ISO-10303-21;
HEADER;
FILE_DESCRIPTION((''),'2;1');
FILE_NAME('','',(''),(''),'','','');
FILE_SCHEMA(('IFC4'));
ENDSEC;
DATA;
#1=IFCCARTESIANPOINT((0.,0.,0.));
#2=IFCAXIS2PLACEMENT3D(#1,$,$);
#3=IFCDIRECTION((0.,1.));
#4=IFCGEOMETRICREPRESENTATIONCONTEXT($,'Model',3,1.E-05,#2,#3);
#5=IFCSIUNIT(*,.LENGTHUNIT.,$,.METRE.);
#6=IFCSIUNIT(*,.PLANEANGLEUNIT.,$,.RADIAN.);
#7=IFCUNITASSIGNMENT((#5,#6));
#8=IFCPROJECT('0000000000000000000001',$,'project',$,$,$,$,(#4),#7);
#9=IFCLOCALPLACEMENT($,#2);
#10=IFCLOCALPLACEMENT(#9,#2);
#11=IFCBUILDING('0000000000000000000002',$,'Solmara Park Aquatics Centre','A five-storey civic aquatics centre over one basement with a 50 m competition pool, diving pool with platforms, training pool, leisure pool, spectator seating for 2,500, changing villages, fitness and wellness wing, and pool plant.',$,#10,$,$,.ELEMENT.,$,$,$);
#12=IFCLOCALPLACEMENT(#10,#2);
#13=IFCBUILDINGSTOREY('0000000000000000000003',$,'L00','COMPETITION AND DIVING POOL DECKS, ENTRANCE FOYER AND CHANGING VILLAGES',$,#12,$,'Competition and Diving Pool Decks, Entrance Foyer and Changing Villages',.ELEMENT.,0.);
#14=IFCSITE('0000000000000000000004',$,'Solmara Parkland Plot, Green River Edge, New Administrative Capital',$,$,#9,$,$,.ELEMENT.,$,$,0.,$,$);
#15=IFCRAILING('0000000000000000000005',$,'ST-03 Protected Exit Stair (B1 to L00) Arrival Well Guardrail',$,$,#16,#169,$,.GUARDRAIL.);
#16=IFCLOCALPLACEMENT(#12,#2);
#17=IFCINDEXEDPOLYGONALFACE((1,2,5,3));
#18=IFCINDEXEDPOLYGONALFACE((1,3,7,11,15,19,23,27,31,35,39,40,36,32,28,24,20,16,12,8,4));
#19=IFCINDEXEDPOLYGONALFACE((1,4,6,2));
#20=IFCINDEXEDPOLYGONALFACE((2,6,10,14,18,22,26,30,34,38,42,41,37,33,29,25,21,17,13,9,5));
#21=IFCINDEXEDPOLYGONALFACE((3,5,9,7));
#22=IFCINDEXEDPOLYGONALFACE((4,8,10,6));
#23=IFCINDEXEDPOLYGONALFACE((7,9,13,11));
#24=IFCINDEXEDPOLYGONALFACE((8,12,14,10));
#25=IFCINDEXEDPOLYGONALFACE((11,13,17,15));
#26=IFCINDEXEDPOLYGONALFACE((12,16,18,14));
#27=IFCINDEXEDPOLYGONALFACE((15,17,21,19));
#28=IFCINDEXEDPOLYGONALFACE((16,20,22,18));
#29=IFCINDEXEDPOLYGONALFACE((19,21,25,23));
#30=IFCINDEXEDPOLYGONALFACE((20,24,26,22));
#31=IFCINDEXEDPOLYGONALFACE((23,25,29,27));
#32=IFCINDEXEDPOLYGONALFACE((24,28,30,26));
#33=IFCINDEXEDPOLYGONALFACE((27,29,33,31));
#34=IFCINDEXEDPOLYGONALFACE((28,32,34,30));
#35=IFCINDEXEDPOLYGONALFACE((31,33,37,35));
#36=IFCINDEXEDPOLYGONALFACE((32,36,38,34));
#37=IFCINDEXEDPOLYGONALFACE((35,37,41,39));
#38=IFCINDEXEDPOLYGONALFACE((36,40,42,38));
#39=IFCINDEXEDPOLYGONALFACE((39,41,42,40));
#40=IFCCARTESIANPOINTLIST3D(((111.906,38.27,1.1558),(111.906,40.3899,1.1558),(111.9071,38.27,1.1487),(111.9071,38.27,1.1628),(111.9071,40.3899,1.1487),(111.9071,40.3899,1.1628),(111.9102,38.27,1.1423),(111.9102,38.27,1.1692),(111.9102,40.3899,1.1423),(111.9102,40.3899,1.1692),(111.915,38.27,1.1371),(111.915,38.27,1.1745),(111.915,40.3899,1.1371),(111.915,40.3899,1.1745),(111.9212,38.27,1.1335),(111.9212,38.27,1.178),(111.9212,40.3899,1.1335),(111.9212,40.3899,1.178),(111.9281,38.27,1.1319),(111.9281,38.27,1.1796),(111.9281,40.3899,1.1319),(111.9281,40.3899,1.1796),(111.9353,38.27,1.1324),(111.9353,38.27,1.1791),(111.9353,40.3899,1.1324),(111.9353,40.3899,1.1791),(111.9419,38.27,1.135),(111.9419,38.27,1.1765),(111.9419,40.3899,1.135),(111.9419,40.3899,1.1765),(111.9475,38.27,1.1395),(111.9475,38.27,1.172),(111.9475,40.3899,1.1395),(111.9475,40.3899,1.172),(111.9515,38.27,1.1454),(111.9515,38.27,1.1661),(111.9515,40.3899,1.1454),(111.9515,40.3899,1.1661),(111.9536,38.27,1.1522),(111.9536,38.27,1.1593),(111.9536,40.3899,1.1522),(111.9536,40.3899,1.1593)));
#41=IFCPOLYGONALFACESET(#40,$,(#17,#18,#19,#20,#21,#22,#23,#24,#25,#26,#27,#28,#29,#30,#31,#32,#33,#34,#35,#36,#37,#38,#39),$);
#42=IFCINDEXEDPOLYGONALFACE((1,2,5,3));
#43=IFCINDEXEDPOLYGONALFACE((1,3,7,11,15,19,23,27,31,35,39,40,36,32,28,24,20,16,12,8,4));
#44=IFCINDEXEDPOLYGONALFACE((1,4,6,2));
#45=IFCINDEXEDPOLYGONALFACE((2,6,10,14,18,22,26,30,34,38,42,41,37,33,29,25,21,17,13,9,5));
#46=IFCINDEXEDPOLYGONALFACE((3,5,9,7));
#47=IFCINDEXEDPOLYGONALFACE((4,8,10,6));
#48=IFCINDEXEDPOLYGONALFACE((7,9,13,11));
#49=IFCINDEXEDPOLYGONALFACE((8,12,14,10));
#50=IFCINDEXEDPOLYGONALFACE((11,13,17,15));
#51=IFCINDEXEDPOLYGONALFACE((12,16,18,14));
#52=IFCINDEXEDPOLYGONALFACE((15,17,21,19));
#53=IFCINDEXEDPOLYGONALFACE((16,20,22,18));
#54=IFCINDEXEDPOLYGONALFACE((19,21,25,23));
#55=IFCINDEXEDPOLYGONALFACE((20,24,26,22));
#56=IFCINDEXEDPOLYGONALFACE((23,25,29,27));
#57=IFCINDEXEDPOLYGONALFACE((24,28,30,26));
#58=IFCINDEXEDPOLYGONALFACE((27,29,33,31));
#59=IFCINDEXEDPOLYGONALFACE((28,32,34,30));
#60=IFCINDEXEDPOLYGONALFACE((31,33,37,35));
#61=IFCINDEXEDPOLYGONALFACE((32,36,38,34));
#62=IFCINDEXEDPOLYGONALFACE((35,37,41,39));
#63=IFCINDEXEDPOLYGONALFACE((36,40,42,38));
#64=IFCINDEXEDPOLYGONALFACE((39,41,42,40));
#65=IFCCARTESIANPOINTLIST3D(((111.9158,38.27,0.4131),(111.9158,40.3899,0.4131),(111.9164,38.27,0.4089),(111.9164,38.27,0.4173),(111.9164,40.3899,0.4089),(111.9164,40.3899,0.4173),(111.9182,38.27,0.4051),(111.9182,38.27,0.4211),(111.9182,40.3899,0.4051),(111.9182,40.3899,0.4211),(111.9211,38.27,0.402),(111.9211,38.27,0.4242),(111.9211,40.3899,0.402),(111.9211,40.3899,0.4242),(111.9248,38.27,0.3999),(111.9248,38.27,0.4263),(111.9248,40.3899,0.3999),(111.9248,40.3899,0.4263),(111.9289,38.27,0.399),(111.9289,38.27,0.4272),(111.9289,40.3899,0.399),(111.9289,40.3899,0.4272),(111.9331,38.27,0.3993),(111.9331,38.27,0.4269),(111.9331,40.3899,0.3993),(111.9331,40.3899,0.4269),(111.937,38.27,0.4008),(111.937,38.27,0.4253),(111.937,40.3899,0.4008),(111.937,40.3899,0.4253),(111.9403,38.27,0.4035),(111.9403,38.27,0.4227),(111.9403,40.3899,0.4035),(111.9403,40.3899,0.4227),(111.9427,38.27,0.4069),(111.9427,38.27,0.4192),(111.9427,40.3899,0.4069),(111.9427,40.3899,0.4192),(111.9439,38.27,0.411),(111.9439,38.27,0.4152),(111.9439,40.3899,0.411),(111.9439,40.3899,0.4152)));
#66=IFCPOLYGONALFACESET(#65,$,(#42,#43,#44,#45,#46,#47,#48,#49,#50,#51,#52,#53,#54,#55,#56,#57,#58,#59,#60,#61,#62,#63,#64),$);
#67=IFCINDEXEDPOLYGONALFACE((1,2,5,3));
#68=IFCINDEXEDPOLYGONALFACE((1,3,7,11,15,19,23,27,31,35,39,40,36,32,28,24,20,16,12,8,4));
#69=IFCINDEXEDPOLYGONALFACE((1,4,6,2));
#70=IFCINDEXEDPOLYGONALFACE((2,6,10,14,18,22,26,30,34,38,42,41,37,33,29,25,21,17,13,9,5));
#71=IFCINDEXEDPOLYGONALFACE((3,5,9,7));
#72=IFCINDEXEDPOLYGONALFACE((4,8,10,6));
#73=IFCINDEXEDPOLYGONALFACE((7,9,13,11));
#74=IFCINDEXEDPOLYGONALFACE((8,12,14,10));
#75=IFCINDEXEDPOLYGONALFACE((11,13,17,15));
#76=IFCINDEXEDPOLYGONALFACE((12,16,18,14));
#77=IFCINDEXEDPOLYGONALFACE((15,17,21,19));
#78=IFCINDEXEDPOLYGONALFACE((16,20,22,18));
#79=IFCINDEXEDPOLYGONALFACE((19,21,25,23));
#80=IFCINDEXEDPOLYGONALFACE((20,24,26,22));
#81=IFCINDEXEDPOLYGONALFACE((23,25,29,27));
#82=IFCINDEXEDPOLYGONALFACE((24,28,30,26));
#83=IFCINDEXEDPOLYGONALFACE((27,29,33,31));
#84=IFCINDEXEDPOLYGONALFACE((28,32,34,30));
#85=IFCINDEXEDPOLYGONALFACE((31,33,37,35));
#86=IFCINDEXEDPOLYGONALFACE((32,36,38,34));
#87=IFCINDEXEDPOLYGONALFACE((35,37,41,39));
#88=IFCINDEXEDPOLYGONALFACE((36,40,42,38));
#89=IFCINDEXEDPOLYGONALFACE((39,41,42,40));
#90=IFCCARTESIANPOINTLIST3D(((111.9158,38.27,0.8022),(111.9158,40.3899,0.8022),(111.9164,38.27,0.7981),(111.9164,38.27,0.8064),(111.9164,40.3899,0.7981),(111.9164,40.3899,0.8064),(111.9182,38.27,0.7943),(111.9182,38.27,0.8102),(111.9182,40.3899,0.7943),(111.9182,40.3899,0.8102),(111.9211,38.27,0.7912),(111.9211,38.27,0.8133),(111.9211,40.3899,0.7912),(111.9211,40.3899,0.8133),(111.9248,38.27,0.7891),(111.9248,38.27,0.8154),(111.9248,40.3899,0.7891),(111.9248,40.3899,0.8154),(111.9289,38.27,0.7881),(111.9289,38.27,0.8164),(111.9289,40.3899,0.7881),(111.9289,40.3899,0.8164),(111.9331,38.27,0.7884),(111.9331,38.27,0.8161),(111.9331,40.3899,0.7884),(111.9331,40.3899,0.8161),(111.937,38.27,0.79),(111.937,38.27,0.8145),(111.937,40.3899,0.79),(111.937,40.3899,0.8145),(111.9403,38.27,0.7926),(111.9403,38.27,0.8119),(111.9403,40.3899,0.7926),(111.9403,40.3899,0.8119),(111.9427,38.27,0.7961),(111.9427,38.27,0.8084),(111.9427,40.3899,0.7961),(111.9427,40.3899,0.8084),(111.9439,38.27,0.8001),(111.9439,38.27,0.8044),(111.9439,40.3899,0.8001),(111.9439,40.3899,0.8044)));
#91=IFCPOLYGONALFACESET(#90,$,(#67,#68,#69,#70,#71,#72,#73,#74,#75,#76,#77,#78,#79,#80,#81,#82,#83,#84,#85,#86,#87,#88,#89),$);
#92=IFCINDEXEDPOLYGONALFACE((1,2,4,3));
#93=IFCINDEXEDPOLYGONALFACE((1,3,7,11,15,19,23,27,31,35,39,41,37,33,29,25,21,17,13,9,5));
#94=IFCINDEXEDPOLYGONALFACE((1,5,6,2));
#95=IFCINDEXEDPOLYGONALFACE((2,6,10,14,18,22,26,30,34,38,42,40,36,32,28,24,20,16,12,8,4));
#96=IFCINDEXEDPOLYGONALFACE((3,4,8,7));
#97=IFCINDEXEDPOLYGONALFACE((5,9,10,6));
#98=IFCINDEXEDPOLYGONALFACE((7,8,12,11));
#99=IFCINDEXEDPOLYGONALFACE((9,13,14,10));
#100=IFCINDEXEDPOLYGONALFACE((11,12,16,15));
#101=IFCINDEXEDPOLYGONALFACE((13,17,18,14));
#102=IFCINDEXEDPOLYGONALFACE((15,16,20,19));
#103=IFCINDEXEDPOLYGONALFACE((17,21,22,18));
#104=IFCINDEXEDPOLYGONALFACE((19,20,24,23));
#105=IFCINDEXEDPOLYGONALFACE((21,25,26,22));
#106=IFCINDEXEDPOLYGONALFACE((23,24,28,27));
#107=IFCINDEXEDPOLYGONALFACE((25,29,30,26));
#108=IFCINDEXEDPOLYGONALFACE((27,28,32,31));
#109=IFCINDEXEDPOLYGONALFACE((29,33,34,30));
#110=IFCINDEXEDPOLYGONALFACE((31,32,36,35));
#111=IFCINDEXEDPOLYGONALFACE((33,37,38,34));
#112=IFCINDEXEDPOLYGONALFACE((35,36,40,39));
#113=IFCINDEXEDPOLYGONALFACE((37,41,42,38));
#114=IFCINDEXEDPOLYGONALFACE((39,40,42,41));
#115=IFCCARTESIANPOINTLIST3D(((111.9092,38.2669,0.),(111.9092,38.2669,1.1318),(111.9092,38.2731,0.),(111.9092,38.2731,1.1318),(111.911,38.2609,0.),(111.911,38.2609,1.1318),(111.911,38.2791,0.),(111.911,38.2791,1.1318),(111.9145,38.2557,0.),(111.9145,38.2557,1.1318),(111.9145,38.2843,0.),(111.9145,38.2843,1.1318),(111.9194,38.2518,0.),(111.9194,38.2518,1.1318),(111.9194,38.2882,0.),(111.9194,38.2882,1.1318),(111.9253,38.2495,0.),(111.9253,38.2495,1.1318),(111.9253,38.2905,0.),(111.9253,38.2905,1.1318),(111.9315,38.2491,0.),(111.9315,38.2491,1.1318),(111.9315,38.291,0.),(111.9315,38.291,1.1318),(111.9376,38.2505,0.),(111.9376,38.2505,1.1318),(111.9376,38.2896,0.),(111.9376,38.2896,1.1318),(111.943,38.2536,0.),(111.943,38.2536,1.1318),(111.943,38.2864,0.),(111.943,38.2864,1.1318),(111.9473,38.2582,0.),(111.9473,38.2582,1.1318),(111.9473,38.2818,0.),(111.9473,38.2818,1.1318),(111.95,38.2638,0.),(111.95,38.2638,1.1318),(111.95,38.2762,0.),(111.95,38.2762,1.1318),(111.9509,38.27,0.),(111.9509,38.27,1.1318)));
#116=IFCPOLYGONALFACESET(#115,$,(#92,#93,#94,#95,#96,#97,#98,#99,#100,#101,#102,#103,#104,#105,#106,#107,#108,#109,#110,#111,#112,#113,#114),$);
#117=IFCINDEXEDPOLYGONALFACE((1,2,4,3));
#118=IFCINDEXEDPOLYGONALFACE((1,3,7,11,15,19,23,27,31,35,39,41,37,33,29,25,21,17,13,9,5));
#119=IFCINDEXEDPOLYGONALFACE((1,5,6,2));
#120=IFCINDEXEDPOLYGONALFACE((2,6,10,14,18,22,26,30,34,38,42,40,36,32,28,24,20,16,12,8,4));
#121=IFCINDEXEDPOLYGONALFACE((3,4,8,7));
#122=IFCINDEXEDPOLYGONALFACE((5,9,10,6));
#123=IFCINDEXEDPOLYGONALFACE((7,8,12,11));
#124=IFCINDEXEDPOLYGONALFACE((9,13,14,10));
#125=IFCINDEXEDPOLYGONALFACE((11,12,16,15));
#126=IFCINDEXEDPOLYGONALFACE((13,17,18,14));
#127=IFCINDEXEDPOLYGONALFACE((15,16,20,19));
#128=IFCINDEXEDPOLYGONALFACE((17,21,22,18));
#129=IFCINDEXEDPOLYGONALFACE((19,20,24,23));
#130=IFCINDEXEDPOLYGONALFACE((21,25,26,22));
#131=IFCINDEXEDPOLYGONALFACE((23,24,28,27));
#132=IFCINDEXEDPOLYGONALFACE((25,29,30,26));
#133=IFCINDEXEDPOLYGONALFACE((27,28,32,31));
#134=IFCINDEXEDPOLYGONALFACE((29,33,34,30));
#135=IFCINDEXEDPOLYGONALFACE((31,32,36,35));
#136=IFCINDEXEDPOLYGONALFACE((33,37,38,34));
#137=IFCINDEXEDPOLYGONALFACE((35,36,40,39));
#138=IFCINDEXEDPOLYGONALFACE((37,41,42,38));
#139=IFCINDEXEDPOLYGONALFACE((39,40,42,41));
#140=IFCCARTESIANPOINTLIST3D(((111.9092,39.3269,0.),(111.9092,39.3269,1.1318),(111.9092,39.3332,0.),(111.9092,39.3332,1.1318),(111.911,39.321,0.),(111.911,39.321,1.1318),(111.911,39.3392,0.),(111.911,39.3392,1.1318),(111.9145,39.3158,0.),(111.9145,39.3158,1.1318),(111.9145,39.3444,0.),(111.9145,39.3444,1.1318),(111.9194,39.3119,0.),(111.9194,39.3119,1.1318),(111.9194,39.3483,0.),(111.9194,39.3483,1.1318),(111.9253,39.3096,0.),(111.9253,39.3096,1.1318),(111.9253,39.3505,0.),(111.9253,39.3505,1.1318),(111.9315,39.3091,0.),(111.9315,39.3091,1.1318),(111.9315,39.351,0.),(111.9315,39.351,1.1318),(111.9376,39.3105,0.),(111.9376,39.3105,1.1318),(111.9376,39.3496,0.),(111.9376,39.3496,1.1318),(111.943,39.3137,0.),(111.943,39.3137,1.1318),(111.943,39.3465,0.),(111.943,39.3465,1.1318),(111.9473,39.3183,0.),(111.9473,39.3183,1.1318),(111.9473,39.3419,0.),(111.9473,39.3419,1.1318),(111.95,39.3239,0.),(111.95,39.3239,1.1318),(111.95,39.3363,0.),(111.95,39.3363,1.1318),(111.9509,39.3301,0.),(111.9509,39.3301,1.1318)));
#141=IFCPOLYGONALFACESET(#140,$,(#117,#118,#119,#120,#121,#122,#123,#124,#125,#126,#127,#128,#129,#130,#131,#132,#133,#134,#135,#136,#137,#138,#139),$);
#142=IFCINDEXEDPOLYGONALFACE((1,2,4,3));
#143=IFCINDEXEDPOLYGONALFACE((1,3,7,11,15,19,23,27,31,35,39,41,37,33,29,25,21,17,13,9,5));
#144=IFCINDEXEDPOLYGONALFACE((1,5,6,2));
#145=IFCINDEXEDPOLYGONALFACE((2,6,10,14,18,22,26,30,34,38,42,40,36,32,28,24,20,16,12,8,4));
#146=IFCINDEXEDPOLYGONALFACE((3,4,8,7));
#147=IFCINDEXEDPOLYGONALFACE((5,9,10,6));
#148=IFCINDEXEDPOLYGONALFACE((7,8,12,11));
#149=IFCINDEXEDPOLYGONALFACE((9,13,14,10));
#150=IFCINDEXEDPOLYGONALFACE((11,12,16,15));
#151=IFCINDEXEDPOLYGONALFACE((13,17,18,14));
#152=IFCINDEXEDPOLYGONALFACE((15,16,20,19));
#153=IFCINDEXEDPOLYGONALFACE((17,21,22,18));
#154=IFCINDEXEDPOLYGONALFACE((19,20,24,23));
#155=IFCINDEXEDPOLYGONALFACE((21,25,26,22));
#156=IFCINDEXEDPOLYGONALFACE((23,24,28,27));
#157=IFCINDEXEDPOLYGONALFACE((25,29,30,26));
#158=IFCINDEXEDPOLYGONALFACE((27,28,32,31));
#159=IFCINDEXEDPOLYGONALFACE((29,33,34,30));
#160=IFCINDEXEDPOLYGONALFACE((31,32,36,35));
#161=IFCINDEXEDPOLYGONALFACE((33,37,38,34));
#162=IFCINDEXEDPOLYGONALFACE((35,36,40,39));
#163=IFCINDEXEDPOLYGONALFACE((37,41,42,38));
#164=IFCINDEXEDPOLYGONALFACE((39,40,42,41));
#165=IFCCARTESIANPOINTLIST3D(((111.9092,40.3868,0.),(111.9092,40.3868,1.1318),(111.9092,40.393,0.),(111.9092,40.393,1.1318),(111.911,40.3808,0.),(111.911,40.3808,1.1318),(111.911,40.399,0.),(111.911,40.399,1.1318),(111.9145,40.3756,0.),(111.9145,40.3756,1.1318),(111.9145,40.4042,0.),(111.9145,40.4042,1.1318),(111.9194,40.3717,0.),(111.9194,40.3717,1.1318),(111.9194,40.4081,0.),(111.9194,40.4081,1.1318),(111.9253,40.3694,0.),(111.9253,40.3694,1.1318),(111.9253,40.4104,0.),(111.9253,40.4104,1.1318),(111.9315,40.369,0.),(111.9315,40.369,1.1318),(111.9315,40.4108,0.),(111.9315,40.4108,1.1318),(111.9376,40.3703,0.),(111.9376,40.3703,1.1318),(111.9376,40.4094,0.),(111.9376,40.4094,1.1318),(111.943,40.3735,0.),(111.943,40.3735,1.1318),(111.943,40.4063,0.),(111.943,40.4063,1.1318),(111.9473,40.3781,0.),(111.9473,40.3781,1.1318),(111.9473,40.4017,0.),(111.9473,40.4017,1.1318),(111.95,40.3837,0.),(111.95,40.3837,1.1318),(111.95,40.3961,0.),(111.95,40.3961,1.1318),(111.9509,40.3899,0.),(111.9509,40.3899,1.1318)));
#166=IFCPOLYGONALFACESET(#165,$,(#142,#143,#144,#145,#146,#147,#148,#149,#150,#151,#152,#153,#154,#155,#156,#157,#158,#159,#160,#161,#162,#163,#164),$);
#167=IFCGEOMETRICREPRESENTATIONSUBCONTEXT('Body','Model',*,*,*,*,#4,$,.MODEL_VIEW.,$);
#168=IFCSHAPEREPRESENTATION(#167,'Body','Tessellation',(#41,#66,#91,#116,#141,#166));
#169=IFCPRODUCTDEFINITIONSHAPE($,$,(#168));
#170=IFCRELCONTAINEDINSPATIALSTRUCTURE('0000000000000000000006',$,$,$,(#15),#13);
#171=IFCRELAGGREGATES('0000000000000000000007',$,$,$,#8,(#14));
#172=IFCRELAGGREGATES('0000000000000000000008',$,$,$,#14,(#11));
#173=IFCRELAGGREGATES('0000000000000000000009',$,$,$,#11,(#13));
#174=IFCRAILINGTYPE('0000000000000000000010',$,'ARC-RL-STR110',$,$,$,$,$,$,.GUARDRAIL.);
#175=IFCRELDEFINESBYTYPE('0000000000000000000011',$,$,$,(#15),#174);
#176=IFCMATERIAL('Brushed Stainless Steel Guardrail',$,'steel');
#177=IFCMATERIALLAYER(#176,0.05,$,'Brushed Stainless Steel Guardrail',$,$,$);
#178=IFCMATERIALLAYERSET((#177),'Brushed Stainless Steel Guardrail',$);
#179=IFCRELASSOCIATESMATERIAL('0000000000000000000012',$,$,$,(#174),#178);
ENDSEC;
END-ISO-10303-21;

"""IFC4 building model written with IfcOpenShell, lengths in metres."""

from ifc_helpers import new_model, si_unit, direction, frame, origin, origin_2d, place, context, subcontext, project, spatial, circle, extrude, material, layer, layer_set, type_object, element, save


model = new_model("IFC4")

# Units and contexts
model_context = context("Model", 3, precision=1e-05, world=origin(), true_north=direction((0.0, 1.0)))
body_context = subcontext(model_context, "Body", "Model", "MODEL_VIEW")
ifc_project = project(units=[si_unit("LENGTHUNIT", "METRE"), si_unit("PLANEANGLEUNIT", "RADIAN")], contexts=[model_context])

# Site, building, storey
site_placement = place(None, origin())
site = spatial("IfcSite", under=ifc_project, at=site_placement, Name="Solmara Parkland Plot, Green River Edge, New Administrative Capital", CompositionType="ELEMENT", RefElevation=0.0)
building_placement = place(site_placement, origin())
building = spatial("IfcBuilding", under=site, at=building_placement, Name="Solmara Park Aquatics Centre", Description="A five-storey civic aquatics centre over one basement with a 50 m competition pool, diving pool with platforms, training pool, leisure pool, spectator seating for 2,500, changing villages, fitness and wellness wing, and pool plant.", CompositionType="ELEMENT")
storey_placement = place(building_placement, origin())
storey = spatial("IfcBuildingStorey", under=building, at=storey_placement, Name="L00", Description="COMPETITION AND DIVING POOL DECKS, ENTRANCE FOYER AND CHANGING VILLAGES", LongName="Competition and Diving Pool Decks, Entrance Foyer and Changing Villages", CompositionType="ELEMENT", Elevation=0.0)

# Railing
ifc_material_1 = material(Name="Brushed Stainless Steel Guardrail", Category="steel")
ifc_layer_1 = layer(ifc_material_1, 0.05, Name="Brushed Stainless Steel Guardrail")
ifc_layer_set_1 = layer_set([ifc_layer_1], Name="Brushed Stainless Steel Guardrail")
railing_type_1 = type_object("IfcRailingType", Name="ARC-RL-STR110", PredefinedType="GUARDRAIL", material=ifc_layer_set_1)
railing_1_placement = place(storey_placement, frame((111.9299, 38.27, 0.0)))
element("IfcRailing", 1, at=railing_1_placement, inside=storey, type_object=railing_type_1, Name="ST-03 Protected Exit Stair (B1 to L00) Arrival Well Guardrail", PredefinedType="GUARDRAIL", context=body_context, shape_type="SweptSolid", body=[
    extrude(circle(Radius=0.0239, at=origin_2d()), frame((0.0, 0.0, 1.1558), z_axis=(0.0, 1.0, 0.0), x_axis=(-1.0, 0.0, 0.0)), (0.0, 0.0, 1.0), 2.1199),
    extrude(circle(Radius=0.0142, at=origin_2d()), frame((0.0, 0.0, 0.4131), z_axis=(0.0, 1.0, 0.0), x_axis=(-1.0, 0.0, 0.0)), (0.0, 0.0, 1.0), 2.1199),
    extrude(circle(Radius=0.0142, at=origin_2d()), frame((0.0, 0.0, 0.8022), z_axis=(0.0, 1.0, 0.0), x_axis=(-1.0, 0.0, 0.0)), (0.0, 0.0, 1.0), 2.1199),
    extrude(circle(Radius=0.021, at=origin_2d()), origin(), (0.0, 0.0, 1.0), 1.1318),
    extrude(circle(Radius=0.021, at=origin_2d()), frame((0.0, 1.0601, 0.0)), (0.0, 0.0, 1.0), 1.1318),
    extrude(circle(Radius=0.021, at=origin_2d()), frame((0.0, 2.1199, 0.0)), (0.0, 0.0, 1.0), 1.1318),
])

save(model, "model.ifc")
